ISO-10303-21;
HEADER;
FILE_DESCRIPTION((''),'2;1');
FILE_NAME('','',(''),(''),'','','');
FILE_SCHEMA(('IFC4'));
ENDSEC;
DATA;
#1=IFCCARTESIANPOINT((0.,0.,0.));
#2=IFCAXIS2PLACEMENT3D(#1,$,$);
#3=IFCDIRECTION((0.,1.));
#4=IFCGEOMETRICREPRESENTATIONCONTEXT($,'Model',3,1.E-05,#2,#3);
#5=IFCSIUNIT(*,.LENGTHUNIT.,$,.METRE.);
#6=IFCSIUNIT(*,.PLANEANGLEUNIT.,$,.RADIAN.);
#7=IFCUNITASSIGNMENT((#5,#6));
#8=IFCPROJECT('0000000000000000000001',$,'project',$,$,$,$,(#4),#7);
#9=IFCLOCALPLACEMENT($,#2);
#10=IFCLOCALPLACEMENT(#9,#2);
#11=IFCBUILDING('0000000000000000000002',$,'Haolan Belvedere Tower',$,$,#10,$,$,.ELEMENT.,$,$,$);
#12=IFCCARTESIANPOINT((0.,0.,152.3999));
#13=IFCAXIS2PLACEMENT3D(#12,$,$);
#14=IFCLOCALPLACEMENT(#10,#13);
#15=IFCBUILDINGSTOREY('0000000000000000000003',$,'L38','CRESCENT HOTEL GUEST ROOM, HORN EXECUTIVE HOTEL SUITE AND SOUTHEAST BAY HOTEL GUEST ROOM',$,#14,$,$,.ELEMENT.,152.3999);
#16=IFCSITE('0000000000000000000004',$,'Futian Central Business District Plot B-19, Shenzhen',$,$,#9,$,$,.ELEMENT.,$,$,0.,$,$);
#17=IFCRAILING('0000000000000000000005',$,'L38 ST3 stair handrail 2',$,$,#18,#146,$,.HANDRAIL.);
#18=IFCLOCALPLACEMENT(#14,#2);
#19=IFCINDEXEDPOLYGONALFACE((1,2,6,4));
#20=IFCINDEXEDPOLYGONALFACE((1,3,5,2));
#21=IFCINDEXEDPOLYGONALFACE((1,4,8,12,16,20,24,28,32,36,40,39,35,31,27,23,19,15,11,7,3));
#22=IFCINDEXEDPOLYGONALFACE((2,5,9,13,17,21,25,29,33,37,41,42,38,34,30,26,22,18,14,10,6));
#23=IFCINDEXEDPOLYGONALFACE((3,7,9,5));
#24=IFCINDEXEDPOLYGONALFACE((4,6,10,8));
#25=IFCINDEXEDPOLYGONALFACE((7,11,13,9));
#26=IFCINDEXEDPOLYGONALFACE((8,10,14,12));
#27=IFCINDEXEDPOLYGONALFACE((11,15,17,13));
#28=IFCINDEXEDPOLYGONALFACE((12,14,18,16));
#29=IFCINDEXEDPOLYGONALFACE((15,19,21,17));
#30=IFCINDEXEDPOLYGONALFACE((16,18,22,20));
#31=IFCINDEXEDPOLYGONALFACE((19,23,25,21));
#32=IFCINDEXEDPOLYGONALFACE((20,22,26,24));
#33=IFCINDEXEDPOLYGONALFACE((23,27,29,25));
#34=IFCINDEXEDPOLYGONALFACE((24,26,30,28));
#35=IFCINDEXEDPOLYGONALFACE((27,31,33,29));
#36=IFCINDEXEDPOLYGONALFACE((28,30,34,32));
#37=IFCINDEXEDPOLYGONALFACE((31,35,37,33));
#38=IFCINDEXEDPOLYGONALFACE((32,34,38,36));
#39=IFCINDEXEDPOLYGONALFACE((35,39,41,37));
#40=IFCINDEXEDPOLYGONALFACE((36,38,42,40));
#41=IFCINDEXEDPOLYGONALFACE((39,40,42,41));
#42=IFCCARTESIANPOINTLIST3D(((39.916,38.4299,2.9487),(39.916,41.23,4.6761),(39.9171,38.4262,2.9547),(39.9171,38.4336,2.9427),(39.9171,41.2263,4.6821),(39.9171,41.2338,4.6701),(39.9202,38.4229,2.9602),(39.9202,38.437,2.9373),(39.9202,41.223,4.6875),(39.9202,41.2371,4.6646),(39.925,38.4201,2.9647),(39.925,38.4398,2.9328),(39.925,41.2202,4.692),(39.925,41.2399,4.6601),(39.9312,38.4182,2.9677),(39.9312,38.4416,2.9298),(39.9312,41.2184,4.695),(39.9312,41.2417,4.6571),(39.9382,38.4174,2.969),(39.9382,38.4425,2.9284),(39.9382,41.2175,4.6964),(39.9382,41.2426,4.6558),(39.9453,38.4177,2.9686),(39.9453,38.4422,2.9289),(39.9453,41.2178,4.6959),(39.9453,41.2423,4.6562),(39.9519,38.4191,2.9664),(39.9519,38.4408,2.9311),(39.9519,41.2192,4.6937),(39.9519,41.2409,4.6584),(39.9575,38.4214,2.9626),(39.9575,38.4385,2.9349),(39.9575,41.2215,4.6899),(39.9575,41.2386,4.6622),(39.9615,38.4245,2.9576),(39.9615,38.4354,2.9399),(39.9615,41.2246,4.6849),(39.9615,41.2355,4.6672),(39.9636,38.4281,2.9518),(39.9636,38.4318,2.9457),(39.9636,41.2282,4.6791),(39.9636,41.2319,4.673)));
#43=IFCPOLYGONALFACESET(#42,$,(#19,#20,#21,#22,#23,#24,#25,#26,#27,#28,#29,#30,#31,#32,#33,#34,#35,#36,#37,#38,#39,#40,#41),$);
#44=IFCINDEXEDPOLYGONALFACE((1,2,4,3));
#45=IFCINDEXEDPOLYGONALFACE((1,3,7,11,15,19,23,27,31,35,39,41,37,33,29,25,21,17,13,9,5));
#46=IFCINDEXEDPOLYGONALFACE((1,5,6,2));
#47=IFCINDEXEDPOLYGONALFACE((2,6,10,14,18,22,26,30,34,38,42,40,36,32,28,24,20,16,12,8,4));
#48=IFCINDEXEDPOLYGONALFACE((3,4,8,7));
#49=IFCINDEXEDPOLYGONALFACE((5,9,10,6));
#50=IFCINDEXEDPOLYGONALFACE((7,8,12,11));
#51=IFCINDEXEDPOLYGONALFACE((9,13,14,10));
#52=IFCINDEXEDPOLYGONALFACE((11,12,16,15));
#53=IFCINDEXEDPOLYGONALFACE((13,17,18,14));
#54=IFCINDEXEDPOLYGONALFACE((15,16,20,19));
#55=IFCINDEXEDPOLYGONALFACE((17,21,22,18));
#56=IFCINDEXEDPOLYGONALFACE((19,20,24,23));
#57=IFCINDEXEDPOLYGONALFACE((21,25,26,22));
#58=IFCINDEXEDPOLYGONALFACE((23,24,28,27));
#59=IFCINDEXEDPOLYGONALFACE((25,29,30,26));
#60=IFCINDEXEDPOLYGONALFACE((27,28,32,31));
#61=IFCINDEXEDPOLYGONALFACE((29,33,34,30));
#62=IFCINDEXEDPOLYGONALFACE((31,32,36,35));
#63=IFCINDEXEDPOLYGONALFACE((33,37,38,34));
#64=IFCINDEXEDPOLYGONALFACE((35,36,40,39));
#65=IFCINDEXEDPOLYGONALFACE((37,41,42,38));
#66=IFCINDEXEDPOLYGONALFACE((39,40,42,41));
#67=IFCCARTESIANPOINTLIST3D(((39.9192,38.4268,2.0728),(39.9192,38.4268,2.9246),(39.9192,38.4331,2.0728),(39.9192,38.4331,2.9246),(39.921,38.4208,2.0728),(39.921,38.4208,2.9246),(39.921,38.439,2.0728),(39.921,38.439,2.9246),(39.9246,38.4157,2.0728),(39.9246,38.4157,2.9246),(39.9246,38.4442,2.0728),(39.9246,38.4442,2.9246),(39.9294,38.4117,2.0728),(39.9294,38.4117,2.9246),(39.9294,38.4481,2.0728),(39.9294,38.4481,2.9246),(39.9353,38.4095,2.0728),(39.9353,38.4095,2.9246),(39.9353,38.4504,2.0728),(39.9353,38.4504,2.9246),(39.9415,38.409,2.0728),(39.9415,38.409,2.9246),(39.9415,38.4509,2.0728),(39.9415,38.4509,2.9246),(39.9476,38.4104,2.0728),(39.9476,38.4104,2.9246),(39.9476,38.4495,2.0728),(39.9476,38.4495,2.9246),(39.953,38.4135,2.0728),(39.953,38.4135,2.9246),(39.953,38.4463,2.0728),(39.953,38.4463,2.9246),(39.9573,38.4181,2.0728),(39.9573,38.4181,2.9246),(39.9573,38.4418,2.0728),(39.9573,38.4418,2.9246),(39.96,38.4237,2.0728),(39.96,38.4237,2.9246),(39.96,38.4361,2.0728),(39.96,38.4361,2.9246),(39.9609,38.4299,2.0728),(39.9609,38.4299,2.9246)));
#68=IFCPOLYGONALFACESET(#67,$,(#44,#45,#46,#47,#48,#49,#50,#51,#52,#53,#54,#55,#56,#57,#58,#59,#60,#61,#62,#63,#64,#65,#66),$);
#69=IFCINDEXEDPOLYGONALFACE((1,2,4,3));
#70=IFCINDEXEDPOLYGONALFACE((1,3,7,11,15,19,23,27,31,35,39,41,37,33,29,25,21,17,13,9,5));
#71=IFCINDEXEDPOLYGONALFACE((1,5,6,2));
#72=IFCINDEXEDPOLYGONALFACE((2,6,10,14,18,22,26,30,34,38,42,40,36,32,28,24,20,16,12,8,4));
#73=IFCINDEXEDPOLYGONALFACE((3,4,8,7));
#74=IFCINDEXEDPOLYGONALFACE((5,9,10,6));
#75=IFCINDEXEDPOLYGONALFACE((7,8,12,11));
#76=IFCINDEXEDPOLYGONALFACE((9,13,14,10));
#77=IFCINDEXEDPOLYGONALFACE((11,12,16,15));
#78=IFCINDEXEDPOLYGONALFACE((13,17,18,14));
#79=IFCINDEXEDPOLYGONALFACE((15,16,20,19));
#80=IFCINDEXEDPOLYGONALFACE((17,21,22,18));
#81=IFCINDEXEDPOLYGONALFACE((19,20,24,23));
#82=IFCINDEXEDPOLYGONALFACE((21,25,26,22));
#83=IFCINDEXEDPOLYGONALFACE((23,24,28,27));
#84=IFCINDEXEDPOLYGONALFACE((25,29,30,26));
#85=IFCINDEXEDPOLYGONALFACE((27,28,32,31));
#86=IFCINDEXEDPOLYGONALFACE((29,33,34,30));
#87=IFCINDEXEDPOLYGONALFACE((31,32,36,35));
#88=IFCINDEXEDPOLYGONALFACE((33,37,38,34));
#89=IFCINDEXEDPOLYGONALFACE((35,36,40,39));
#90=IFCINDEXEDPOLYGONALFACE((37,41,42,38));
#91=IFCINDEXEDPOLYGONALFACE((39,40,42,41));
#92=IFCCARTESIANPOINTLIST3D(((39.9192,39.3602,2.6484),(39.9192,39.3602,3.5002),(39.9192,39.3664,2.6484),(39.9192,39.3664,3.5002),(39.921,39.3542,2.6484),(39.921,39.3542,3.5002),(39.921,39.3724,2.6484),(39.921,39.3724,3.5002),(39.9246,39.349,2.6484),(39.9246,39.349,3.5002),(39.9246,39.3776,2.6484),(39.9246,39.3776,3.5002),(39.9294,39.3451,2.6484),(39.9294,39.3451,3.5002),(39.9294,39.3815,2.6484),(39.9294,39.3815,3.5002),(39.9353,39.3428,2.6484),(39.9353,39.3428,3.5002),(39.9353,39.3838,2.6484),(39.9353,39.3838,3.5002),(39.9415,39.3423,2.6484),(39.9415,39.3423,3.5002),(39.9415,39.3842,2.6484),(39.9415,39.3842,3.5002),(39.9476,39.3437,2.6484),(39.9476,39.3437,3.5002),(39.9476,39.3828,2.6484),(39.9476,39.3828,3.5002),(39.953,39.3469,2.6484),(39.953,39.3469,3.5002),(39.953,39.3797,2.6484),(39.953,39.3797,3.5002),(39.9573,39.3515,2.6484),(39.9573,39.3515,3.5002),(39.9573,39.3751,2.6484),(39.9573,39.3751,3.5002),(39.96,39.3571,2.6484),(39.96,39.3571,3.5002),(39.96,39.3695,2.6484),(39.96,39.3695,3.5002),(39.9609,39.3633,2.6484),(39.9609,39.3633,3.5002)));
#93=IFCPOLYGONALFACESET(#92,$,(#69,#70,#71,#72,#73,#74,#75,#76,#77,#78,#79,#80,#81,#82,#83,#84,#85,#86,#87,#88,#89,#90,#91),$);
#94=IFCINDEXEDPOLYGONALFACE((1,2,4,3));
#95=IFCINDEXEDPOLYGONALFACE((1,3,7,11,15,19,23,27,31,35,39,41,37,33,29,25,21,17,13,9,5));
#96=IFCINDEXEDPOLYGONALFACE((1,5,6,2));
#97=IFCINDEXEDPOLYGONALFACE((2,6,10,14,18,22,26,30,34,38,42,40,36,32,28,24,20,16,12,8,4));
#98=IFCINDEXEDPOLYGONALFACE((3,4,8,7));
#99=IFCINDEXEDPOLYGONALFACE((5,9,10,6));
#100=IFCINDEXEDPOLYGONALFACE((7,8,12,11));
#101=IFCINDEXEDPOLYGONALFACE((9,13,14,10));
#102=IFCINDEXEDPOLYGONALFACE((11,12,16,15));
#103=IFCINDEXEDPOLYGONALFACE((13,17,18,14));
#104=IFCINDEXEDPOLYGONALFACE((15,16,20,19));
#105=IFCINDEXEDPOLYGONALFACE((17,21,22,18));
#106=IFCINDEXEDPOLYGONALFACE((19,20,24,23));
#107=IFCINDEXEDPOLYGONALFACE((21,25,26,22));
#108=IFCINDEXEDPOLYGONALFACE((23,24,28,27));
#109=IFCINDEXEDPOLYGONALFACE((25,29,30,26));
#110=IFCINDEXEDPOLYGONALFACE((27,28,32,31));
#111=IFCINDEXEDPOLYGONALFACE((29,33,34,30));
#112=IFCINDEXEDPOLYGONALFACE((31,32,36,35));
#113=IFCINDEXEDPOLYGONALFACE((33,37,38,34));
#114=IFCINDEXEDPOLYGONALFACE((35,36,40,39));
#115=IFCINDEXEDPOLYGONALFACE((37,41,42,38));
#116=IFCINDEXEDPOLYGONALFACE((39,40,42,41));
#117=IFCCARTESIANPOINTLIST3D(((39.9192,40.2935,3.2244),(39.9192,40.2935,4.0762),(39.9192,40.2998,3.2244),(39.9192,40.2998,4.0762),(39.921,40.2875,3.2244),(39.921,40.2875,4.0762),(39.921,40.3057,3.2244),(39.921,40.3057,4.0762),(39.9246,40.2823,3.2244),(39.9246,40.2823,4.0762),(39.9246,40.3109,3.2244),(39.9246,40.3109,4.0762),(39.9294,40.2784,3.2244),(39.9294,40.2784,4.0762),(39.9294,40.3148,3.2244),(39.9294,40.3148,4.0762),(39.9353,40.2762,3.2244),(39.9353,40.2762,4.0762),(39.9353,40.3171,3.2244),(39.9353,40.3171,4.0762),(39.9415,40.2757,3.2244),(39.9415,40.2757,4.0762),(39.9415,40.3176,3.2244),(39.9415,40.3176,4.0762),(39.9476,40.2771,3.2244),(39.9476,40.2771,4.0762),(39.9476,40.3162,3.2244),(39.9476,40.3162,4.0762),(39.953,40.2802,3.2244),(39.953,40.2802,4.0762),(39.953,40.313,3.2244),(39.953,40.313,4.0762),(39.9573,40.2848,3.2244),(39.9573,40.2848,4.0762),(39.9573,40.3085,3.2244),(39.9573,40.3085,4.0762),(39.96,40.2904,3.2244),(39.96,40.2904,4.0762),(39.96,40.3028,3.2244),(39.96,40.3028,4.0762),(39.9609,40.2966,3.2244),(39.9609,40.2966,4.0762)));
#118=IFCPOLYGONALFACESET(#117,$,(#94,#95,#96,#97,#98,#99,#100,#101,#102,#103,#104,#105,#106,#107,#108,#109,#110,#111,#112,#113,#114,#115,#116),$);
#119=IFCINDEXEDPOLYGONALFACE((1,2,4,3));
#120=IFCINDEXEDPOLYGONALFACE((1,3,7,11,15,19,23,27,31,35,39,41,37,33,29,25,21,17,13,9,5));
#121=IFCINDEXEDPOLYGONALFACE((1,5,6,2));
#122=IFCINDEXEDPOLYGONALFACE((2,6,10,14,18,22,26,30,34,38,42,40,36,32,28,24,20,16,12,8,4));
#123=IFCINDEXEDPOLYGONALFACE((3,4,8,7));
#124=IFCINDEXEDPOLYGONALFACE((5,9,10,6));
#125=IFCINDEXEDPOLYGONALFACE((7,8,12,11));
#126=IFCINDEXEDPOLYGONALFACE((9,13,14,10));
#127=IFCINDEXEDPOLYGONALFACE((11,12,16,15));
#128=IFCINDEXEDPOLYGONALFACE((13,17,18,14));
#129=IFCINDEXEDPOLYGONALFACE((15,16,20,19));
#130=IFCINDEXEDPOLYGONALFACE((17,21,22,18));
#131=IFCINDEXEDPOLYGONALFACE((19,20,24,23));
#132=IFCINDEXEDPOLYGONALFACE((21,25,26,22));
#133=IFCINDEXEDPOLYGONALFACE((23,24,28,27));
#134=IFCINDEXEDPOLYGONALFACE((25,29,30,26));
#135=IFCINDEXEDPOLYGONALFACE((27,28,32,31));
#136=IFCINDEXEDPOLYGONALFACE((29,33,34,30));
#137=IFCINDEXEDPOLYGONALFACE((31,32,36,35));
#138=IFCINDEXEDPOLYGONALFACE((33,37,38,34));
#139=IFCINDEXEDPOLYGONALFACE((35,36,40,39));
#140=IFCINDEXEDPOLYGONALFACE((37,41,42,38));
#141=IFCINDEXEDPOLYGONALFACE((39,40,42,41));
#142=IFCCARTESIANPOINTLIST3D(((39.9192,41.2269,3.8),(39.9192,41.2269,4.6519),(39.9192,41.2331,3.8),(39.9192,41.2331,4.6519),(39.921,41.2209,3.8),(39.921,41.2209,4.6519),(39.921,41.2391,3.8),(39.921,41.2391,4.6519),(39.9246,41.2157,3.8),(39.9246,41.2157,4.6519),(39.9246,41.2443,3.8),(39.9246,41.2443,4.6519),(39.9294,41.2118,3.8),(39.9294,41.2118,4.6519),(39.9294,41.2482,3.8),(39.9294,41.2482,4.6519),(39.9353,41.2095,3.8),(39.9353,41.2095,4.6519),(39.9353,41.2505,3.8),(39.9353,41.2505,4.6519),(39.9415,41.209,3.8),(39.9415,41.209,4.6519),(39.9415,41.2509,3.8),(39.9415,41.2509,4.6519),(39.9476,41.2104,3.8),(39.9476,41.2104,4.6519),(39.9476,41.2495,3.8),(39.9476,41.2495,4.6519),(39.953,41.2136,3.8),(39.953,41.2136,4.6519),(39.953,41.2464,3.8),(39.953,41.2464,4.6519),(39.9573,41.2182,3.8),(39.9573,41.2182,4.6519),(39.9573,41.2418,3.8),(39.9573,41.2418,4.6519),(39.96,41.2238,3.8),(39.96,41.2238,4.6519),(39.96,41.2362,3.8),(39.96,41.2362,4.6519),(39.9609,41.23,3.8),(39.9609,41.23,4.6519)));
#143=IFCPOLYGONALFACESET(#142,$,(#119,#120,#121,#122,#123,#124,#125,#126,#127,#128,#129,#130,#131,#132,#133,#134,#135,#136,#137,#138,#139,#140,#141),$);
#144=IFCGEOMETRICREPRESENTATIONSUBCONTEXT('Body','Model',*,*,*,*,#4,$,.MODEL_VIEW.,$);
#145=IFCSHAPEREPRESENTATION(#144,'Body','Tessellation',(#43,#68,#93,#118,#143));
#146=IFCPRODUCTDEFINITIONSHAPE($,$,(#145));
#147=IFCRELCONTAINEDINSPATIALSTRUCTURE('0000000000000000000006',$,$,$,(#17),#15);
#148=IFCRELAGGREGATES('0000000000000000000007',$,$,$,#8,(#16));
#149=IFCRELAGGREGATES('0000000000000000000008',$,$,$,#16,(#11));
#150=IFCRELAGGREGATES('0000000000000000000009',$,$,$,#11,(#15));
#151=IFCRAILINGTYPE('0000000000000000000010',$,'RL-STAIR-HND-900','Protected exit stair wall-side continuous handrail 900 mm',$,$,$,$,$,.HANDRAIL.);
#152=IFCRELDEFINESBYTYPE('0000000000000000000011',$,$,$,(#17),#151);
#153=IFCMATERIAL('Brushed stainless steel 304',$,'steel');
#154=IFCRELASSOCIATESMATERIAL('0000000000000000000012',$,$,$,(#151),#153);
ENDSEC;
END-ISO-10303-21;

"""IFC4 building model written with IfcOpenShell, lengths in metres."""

from ifc_helpers import new_model, si_unit, direction, frame, origin, origin_2d, place, context, subcontext, project, spatial, circle, extrude, material, type_object, element, save


model = new_model("IFC4")

# Units and contexts
model_context = context("Model", 3, precision=1e-05, world=origin(), true_north=direction((0.0, 1.0)))
body_context = subcontext(model_context, "Body", "Model", "MODEL_VIEW")
ifc_project = project(units=[si_unit("LENGTHUNIT", "METRE"), si_unit("PLANEANGLEUNIT", "RADIAN")], contexts=[model_context])

# Site, building, storey
site_placement = place(None, origin())
site = spatial("IfcSite", under=ifc_project, at=site_placement, Name="Futian Central Business District Plot B-19, Shenzhen", CompositionType="ELEMENT", RefElevation=0.0)
building_placement = place(site_placement, origin())
building = spatial("IfcBuilding", under=site, at=building_placement, Name="Haolan Belvedere Tower", CompositionType="ELEMENT")
storey_placement = place(building_placement, frame((0.0, 0.0, 152.3999)))
storey = spatial("IfcBuildingStorey", under=building, at=storey_placement, Name="L38", Description="CRESCENT HOTEL GUEST ROOM, HORN EXECUTIVE HOTEL SUITE AND SOUTHEAST BAY HOTEL GUEST ROOM", CompositionType="ELEMENT", Elevation=152.3999)

# Railing
ifc_material_1 = material(Name="Brushed stainless steel 304", Category="steel")
railing_type_1 = type_object("IfcRailingType", Name="RL-STAIR-HND-900", Description="Protected exit stair wall-side continuous handrail 900 mm", PredefinedType="HANDRAIL", material=ifc_material_1)
railing_1_placement = place(storey_placement, frame((39.9399, 38.4299, 2.0728)))
element("IfcRailing", 1, at=railing_1_placement, inside=storey, type_object=railing_type_1, Name="L38 ST3 stair handrail 2", PredefinedType="HANDRAIL", context=body_context, shape_type="SweptSolid", body=[
    extrude(circle(Radius=0.0239, at=origin_2d()), frame((0.0, 0.0, 0.876), z_axis=(0.0, 0.85109, 0.52502), x_axis=(-1.0, 0.0, 0.0)), (0.0, 0.0, 1.0), 3.29),
    extrude(circle(Radius=0.021, at=origin_2d()), origin(), (0.0, 0.0, 1.0), 0.8518),
    extrude(circle(Radius=0.021, at=origin_2d()), frame((0.0, 0.9333, 0.5757)), (0.0, 0.0, 1.0), 0.8518),
    extrude(circle(Radius=0.021, at=origin_2d()), frame((0.0, 1.8667, 1.1516)), (0.0, 0.0, 1.0), 0.8518),
    extrude(circle(Radius=0.021, at=origin_2d()), frame((0.0, 2.8, 1.7273)), (0.0, 0.0, 1.0), 0.8518),
])

save(model, "model.ifc")
